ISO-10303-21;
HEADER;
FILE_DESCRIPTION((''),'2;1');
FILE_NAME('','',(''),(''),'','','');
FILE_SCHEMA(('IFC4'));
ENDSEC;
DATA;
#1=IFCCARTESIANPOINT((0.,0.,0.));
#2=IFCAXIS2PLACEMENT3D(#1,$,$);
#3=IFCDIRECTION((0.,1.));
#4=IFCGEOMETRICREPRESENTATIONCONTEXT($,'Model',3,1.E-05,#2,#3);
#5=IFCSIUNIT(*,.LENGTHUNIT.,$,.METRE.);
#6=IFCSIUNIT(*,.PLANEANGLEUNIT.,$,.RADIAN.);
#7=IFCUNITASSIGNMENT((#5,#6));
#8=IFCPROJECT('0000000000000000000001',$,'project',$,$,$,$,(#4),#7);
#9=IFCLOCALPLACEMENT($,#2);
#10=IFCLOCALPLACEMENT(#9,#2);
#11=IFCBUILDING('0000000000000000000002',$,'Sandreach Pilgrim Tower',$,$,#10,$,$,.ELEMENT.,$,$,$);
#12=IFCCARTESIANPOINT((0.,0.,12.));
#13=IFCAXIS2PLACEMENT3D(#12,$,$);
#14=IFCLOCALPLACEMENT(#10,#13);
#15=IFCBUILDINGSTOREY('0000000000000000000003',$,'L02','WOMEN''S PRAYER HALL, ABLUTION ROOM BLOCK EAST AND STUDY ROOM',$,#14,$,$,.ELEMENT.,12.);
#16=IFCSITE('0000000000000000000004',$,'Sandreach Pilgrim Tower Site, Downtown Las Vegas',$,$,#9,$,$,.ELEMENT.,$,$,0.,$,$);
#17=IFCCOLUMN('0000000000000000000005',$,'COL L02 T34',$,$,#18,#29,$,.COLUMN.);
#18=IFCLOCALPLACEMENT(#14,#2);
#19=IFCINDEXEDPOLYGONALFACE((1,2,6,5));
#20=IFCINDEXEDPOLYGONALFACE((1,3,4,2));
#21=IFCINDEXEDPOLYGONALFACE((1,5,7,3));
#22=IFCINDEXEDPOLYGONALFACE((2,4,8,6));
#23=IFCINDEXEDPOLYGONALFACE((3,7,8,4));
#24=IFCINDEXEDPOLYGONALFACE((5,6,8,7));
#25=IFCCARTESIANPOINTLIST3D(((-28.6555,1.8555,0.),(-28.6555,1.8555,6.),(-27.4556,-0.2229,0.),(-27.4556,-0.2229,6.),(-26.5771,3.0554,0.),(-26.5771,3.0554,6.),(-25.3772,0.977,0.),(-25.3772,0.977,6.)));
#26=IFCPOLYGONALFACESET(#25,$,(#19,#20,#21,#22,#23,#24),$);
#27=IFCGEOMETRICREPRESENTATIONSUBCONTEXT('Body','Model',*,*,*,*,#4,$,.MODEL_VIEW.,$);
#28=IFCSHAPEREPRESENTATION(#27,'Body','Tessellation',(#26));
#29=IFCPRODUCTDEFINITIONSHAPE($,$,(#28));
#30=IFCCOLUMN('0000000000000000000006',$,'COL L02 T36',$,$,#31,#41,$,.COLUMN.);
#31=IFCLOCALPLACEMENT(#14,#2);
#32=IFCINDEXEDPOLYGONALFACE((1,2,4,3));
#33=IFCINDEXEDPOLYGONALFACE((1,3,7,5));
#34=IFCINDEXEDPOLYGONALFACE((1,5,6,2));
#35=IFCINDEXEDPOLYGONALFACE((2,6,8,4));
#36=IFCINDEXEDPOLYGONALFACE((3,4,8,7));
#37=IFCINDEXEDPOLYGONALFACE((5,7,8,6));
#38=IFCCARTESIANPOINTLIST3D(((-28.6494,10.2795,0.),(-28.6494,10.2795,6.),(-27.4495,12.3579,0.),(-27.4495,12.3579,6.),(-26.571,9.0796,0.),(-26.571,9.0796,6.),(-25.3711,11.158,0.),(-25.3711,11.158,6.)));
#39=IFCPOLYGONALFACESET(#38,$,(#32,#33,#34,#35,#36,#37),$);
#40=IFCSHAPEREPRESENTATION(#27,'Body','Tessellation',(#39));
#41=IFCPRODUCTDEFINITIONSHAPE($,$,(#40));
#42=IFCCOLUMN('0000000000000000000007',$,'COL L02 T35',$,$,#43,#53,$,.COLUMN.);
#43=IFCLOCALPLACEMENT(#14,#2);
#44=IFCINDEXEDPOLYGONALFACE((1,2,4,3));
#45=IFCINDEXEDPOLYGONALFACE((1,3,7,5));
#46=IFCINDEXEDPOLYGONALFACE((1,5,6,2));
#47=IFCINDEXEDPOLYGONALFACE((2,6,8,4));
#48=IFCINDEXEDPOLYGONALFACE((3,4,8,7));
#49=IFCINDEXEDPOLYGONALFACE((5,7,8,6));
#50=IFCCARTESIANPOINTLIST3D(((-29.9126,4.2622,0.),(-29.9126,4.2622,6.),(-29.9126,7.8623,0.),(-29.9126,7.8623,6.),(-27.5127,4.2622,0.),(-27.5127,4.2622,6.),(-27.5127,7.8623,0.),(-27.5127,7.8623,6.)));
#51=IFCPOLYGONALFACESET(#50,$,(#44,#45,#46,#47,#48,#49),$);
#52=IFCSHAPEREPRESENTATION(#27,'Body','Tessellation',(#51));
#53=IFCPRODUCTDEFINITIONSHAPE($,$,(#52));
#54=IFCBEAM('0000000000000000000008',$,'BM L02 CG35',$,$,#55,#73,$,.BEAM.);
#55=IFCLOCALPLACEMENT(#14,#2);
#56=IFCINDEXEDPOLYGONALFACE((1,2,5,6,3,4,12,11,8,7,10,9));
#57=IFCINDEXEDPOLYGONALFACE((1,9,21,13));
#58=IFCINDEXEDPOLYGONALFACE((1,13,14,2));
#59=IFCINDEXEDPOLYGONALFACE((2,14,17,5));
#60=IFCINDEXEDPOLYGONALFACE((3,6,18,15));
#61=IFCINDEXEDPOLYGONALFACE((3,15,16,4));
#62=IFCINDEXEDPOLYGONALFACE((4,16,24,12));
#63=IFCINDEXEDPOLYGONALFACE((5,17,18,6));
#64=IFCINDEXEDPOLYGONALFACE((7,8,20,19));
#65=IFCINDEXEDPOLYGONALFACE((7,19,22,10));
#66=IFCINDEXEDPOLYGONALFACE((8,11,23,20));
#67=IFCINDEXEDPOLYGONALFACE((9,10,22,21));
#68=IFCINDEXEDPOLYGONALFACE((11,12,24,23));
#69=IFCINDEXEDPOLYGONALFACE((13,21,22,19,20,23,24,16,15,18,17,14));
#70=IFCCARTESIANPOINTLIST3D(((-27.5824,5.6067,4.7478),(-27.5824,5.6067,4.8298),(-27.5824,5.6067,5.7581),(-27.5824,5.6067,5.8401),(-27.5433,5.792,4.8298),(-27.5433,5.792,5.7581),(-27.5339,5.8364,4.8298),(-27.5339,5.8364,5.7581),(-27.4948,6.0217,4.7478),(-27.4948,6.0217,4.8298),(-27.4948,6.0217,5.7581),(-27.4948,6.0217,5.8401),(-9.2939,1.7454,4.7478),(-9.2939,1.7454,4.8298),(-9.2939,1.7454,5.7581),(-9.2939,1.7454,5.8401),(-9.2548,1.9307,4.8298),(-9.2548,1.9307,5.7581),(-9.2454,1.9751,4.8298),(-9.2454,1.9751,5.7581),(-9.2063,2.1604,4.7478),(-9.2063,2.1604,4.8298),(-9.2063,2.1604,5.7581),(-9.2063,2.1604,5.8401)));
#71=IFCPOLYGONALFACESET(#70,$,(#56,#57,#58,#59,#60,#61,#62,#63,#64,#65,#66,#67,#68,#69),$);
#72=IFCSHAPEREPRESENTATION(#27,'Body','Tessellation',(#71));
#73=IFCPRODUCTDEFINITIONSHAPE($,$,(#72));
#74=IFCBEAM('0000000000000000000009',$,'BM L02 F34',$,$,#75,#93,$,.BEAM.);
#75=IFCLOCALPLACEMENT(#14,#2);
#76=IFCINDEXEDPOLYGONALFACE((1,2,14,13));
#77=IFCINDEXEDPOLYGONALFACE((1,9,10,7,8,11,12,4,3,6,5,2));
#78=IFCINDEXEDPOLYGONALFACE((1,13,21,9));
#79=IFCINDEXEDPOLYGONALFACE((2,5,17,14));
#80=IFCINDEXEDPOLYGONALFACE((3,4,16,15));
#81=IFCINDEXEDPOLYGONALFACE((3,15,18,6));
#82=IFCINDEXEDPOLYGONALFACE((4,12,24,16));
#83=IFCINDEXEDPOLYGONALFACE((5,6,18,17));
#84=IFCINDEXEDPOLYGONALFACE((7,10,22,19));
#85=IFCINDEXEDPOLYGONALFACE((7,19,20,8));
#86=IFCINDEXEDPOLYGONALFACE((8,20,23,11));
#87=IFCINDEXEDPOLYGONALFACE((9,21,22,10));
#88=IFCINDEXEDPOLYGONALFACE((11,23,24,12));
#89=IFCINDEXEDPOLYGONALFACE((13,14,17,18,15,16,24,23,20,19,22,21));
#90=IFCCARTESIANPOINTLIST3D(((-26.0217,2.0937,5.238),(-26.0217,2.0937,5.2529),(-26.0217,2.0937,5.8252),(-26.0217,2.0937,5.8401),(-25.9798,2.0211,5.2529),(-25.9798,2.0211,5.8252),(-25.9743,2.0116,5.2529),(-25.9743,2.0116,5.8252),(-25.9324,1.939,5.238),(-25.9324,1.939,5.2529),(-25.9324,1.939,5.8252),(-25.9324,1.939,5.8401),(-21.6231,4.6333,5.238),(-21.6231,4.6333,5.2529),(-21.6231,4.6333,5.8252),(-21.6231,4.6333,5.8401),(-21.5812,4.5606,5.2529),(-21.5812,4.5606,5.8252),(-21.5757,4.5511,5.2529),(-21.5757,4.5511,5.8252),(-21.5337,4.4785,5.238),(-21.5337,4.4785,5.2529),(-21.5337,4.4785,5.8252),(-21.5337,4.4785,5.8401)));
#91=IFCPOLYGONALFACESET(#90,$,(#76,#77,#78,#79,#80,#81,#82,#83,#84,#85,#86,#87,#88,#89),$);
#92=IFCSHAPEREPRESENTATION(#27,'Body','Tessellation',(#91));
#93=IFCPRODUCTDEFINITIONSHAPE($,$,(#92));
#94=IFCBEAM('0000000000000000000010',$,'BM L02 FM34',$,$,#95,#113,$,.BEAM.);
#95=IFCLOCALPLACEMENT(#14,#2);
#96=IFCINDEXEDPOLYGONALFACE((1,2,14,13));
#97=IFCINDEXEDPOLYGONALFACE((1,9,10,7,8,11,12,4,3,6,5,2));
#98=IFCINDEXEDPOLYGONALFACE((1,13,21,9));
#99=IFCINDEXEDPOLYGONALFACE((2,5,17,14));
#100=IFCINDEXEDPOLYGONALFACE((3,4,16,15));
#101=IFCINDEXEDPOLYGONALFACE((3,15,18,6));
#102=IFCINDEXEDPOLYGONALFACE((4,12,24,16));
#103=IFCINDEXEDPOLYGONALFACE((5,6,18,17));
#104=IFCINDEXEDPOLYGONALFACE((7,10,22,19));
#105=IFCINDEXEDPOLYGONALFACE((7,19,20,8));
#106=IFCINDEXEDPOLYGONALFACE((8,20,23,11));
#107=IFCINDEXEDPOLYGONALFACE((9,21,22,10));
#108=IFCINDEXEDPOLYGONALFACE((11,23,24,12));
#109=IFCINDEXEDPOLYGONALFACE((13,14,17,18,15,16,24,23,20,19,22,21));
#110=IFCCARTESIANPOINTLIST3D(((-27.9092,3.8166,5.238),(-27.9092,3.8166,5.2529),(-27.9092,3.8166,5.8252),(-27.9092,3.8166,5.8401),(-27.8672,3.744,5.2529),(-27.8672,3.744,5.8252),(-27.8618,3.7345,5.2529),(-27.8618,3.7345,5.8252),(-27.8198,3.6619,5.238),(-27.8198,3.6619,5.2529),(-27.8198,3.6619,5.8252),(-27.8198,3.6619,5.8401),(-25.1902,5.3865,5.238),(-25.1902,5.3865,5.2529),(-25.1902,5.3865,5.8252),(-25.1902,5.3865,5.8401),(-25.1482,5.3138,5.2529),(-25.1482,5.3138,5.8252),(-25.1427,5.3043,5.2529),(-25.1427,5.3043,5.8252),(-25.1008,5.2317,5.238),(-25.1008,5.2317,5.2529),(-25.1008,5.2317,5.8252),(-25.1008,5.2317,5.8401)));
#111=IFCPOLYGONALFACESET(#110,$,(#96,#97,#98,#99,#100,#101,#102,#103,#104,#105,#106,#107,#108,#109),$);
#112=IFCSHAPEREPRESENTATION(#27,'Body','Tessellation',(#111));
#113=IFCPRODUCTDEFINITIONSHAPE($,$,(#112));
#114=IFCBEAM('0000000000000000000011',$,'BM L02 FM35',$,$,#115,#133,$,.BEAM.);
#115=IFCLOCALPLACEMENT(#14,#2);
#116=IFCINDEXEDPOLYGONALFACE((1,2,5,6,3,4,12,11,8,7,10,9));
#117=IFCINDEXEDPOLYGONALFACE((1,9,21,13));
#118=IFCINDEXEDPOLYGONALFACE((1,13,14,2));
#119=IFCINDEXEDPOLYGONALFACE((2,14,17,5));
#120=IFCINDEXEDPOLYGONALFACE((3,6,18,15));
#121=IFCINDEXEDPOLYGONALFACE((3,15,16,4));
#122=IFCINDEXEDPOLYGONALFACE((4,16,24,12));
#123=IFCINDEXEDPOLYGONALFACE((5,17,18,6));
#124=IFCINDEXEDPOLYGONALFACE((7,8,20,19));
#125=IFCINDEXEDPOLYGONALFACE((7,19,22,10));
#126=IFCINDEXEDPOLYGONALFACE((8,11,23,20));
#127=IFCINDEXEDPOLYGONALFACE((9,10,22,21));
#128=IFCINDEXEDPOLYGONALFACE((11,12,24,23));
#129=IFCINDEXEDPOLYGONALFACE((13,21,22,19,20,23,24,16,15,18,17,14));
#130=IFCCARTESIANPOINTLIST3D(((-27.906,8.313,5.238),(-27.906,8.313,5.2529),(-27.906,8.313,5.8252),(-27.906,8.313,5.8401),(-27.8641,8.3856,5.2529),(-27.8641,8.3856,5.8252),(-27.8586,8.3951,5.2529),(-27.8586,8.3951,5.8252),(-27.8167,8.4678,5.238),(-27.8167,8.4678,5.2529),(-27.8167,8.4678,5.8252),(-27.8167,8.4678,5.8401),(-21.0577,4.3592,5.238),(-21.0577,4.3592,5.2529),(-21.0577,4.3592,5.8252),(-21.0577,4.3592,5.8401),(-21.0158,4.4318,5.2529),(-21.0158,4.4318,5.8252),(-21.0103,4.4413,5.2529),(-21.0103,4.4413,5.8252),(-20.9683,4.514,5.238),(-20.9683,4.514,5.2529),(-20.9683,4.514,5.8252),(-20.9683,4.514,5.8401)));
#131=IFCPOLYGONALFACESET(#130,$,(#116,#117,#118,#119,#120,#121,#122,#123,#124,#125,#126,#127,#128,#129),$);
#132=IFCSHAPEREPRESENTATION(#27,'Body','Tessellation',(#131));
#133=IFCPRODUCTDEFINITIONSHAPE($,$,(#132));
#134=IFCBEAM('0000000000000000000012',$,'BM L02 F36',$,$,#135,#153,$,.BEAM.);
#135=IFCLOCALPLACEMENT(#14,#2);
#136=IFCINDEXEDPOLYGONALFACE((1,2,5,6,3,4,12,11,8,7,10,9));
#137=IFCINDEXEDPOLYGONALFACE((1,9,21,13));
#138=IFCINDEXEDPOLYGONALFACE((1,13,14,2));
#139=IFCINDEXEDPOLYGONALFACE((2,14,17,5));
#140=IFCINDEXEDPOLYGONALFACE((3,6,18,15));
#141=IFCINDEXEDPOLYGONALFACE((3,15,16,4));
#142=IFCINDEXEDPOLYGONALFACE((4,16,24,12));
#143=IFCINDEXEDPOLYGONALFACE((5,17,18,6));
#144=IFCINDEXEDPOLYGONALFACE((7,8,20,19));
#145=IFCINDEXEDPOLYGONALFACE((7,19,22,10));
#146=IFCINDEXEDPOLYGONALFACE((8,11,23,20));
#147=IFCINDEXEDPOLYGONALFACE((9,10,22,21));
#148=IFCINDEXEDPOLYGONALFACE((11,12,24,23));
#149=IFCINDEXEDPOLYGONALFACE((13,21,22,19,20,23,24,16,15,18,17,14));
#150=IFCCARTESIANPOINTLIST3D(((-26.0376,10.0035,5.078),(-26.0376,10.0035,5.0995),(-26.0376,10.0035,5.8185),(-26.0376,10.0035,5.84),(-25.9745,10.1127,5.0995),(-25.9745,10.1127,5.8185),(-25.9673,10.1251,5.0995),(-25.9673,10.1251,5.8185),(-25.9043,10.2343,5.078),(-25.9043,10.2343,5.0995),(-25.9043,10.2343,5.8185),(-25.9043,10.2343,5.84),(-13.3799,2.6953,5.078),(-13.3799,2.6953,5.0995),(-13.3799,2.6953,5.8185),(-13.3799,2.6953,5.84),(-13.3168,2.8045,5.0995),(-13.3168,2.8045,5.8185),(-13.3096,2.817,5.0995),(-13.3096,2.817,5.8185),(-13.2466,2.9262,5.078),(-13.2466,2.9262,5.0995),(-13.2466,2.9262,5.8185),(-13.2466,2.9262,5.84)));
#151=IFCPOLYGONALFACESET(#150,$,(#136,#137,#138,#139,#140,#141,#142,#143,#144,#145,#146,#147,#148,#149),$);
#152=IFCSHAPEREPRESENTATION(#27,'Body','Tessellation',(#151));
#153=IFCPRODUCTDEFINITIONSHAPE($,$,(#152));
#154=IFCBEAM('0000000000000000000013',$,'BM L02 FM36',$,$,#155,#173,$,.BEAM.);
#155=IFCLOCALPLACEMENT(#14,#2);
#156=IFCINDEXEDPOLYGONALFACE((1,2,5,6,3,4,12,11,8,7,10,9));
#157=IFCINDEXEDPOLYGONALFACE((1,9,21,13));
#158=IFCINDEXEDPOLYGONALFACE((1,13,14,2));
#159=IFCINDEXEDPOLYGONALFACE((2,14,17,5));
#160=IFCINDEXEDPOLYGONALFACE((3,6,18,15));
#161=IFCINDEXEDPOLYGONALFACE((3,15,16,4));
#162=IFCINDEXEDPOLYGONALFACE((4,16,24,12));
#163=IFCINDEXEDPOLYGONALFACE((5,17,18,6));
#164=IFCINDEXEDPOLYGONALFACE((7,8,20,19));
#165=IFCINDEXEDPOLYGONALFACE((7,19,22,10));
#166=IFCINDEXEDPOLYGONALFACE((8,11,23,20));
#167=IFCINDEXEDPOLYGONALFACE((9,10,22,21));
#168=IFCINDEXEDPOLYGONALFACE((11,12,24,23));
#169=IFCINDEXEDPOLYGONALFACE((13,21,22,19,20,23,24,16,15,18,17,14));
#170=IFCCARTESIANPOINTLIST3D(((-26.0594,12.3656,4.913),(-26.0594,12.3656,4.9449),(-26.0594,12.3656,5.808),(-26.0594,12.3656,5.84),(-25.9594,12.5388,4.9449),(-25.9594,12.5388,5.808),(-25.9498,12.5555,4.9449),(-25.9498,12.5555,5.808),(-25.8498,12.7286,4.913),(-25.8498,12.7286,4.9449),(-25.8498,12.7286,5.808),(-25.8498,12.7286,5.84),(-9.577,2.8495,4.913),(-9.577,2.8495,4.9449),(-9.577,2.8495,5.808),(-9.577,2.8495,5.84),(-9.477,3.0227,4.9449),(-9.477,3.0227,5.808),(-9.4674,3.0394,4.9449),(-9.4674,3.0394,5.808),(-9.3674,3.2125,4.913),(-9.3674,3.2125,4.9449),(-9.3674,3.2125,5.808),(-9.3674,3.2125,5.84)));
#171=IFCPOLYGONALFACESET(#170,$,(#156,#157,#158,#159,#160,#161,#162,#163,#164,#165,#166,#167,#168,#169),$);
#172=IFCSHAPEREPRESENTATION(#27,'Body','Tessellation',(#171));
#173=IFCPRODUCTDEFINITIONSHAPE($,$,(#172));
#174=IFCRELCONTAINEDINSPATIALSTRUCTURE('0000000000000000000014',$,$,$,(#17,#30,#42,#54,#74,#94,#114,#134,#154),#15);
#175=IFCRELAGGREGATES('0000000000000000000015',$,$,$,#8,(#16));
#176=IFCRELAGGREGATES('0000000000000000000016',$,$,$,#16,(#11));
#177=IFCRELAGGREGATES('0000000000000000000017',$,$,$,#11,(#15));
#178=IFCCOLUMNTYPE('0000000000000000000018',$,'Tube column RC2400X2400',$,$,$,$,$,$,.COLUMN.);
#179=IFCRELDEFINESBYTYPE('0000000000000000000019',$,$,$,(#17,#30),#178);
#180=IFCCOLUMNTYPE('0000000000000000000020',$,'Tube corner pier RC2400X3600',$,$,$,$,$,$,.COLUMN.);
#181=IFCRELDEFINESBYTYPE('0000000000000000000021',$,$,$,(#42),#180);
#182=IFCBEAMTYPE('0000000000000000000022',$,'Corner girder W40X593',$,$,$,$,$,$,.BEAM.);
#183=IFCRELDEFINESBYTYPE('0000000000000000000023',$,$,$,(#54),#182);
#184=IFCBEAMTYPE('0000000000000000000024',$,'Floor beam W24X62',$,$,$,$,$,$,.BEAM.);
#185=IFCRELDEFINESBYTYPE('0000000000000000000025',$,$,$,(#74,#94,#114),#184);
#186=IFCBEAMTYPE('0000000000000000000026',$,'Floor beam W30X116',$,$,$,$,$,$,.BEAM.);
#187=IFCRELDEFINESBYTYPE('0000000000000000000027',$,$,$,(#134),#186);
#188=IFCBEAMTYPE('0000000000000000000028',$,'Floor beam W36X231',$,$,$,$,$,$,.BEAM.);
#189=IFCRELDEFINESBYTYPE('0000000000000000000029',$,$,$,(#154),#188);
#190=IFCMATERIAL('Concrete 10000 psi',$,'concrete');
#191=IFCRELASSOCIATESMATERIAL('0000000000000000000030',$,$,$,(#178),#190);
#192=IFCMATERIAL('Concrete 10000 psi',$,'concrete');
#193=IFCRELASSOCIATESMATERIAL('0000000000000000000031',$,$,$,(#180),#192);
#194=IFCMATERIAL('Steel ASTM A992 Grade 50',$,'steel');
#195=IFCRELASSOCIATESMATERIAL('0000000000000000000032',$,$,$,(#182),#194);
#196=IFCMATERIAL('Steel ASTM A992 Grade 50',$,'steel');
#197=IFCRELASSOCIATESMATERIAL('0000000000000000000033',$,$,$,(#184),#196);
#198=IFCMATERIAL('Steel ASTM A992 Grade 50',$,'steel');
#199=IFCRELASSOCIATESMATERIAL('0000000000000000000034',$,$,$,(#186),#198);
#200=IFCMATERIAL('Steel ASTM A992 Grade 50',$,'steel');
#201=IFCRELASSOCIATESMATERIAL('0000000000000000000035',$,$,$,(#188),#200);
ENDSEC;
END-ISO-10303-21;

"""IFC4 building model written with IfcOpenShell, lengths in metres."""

from ifc_helpers import new_model, si_unit, direction, frame, origin, origin_2d, place, context, subcontext, project, spatial, rectangle, i_section, extrude, material, material_profile, profile_set, type_object, element, save


model = new_model("IFC4")

# Units and contexts
model_context = context("Model", 3, precision=1e-05, world=origin(), true_north=direction((0.0, 1.0)))
body_context = subcontext(model_context, "Body", "Model", "MODEL_VIEW")
ifc_project = project(units=[si_unit("LENGTHUNIT", "METRE"), si_unit("PLANEANGLEUNIT", "RADIAN")], contexts=[model_context])

# Site, building, storey
site_placement = place(None, origin())
site = spatial("IfcSite", under=ifc_project, at=site_placement, Name="Sandreach Pilgrim Tower Site, Downtown Las Vegas", CompositionType="ELEMENT", RefElevation=0.0)
building_placement = place(site_placement, origin())
building = spatial("IfcBuilding", under=site, at=building_placement, Name="Sandreach Pilgrim Tower", CompositionType="ELEMENT")
storey_placement = place(building_placement, frame((0.0, 0.0, 12.0)))
storey = spatial("IfcBuildingStorey", under=building, at=storey_placement, Name="L02", Description="WOMEN'S PRAYER HALL, ABLUTION ROOM BLOCK EAST AND STUDY ROOM", CompositionType="ELEMENT", Elevation=12.0)

# Columns
ifc_material_1 = material(Name="Concrete 10000 psi", Category="concrete")
ifc_material_profile_1 = material_profile(ifc_material_1, rectangle(XDim=2.3999, YDim=2.3999, at=origin_2d()), Name="RC2400X2400")
ifc_profile_set_1 = profile_set([ifc_material_profile_1], Name="Concrete 10000 psi")
column_type_1 = type_object("IfcColumnType", Name="Tube column RC2400X2400", PredefinedType="COLUMN", material=ifc_profile_set_1)
for number, where, z_axis, x_axis, name in (
    (1, (-27.0164, 1.4163, 0.0), (0.0, 0.0, 1.0), (-0.866025, -0.5, 0.0), "COL L02 T34"),
    (2, (-27.0103, 10.7188, 0.0), (0.0, 0.0, 1.0), (-0.866025, 0.5, 0.0), "COL L02 T36"),
):
    element("IfcColumn", number, at=place(storey_placement, frame(where, z_axis=z_axis, x_axis=x_axis)), inside=storey, type_object=column_type_1, Name=name, PredefinedType="COLUMN", context=body_context, shape_type="SweptSolid", body=[
        extrude(rectangle(XDim=2.3999, YDim=2.3999, at=origin_2d()), origin(), (0.0, 0.0, 1.0), 6.0),
    ])
ifc_material_2 = material(Name="Concrete 10000 psi", Category="concrete")
ifc_material_profile_2 = material_profile(ifc_material_2, rectangle(XDim=2.3999, YDim=3.6001, at=origin_2d()), Name="RC2400X3600")
ifc_profile_set_2 = profile_set([ifc_material_profile_2], Name="Concrete 10000 psi")
column_type_2 = type_object("IfcColumnType", Name="Tube corner pier RC2400X3600", PredefinedType="COLUMN", material=ifc_profile_set_2)
column_placement = place(storey_placement, frame((-28.7126, 6.0623, 0.0), z_axis=(0.0, 0.0, 1.0), x_axis=(-1.0, 0.0, 0.0)))
element("IfcColumn", 3, at=column_placement, inside=storey, type_object=column_type_2, Name="COL L02 T35", PredefinedType="COLUMN", context=body_context, shape_type="SweptSolid", body=[
    extrude(rectangle(XDim=2.3999, YDim=3.6001, at=origin_2d()), origin(), (0.0, 0.0, 1.0), 6.0),
])

# Beams
ifc_material_3 = material(Name="Steel ASTM A992 Grade 50", Category="steel")
ifc_material_profile_3 = material_profile(ifc_material_3, i_section(OverallWidth=0.4241, OverallDepth=1.0923, WebThickness=0.0454, FlangeThickness=0.082, at=origin_2d()), Name="W40X593")
ifc_profile_set_3 = profile_set([ifc_material_profile_3], Name="Steel ASTM A992 Grade 50")
beam_type_1 = type_object("IfcBeamType", Name="Corner girder W40X593", PredefinedType="BEAM", material=ifc_profile_set_3)
beam_1_placement = place(storey_placement, frame((-27.5386, 5.8142, 5.2939), z_axis=(0.97843, -0.206579, 0.0), x_axis=(0.206579, 0.97843, 0.0)))
element("IfcBeam", 4, at=beam_1_placement, inside=storey, type_object=beam_type_1, Name="BM L02 CG35", PredefinedType="BEAM", context=body_context, shape_type="SweptSolid", body=[
    extrude(i_section(OverallWidth=0.4241, OverallDepth=1.0923, WebThickness=0.0454, FlangeThickness=0.082, at=origin_2d()), origin(), (0.0, 0.0, 1.0), 18.6917),
])
ifc_material_4 = material(Name="Steel ASTM A992 Grade 50", Category="steel")
ifc_material_profile_4 = material_profile(ifc_material_4, i_section(OverallWidth=0.1787, OverallDepth=0.6021, WebThickness=0.011, FlangeThickness=0.0149, at=origin_2d()), Name="W24X62")
ifc_profile_set_4 = profile_set([ifc_material_profile_4], Name="Steel ASTM A992 Grade 50")
beam_type_2 = type_object("IfcBeamType", Name="Floor beam W24X62", PredefinedType="BEAM", material=ifc_profile_set_4)
beam_2_placement = place(storey_placement, frame((-25.9771, 2.0164, 5.5391), z_axis=(0.866028, 0.499996, 0.0), x_axis=(-0.499996, 0.866028, 0.0)))
element("IfcBeam", 5, at=beam_2_placement, inside=storey, type_object=beam_type_2, Name="BM L02 F34", PredefinedType="BEAM", context=body_context, shape_type="SweptSolid", body=[
    extrude(i_section(OverallWidth=0.1787, OverallDepth=0.6021, WebThickness=0.011, FlangeThickness=0.0149, at=origin_2d()), origin(), (0.0, 0.0, 1.0), 5.0791),
])
beam_3_placement = place(storey_placement, frame((-27.8645, 3.7393, 5.5391), z_axis=(0.866024, 0.500003, 0.0), x_axis=(-0.500003, 0.866024, 0.0)))
element("IfcBeam", 6, at=beam_3_placement, inside=storey, type_object=beam_type_2, Name="BM L02 FM34", PredefinedType="BEAM", context=body_context, shape_type="SweptSolid", body=[
    extrude(i_section(OverallWidth=0.1787, OverallDepth=0.6021, WebThickness=0.011, FlangeThickness=0.0149, at=origin_2d()), origin(), (0.0, 0.0, 1.0), 3.1396),
])
beam_4_placement = place(storey_placement, frame((-27.8613, 8.3904, 5.5391), z_axis=(0.866029, -0.499994, 0.0), x_axis=(0.499994, 0.866029, 0.0)))
element("IfcBeam", 7, at=beam_4_placement, inside=storey, type_object=beam_type_2, Name="BM L02 FM35", PredefinedType="BEAM", context=body_context, shape_type="SweptSolid", body=[
    extrude(i_section(OverallWidth=0.1787, OverallDepth=0.6021, WebThickness=0.011, FlangeThickness=0.0149, at=origin_2d()), origin(), (0.0, 0.0, 1.0), 7.9077),
])
ifc_material_5 = material(Name="Steel ASTM A992 Grade 50", Category="steel")
ifc_material_profile_5 = material_profile(ifc_material_5, i_section(OverallWidth=0.2666, OverallDepth=0.762, WebThickness=0.0144, FlangeThickness=0.0215, at=origin_2d()), Name="W30X116")
ifc_profile_set_5 = profile_set([ifc_material_profile_5], Name="Steel ASTM A992 Grade 50")
beam_type_3 = type_object("IfcBeamType", Name="Floor beam W30X116", PredefinedType="BEAM", material=ifc_profile_set_5)
beam_5_placement = place(storey_placement, frame((-25.9709, 10.1189, 5.459), z_axis=(0.86602, -0.500009, 0.0), x_axis=(0.500009, 0.86602, 0.0)))
element("IfcBeam", 8, at=beam_5_placement, inside=storey, type_object=beam_type_3, Name="BM L02 F36", PredefinedType="BEAM", context=body_context, shape_type="SweptSolid", body=[
    extrude(i_section(OverallWidth=0.2666, OverallDepth=0.762, WebThickness=0.0144, FlangeThickness=0.0215, at=origin_2d()), origin(), (0.0, 0.0, 1.0), 14.616),
])
ifc_material_6 = material(Name="Steel ASTM A992 Grade 50", Category="steel")
ifc_material_profile_6 = material_profile(ifc_material_6, i_section(OverallWidth=0.4192, OverallDepth=0.927, WebThickness=0.0193, FlangeThickness=0.032, at=origin_2d()), Name="W36X231")
ifc_profile_set_6 = profile_set([ifc_material_profile_6], Name="Steel ASTM A992 Grade 50")
beam_type_4 = type_object("IfcBeamType", Name="Floor beam W36X231", PredefinedType="BEAM", material=ifc_profile_set_6)
beam_6_placement = place(storey_placement, frame((-25.9546, 12.5471, 5.3765), z_axis=(0.866026, -0.499999, 0.0), x_axis=(0.499999, 0.866026, 0.0)))
element("IfcBeam", 9, at=beam_6_placement, inside=storey, type_object=beam_type_4, Name="BM L02 FM36", PredefinedType="BEAM", context=body_context, shape_type="SweptSolid", body=[
    extrude(i_section(OverallWidth=0.4192, OverallDepth=0.927, WebThickness=0.0193, FlangeThickness=0.032, at=origin_2d()), origin(), (0.0, 0.0, 1.0), 19.0322),
])

save(model, "model.ifc")
